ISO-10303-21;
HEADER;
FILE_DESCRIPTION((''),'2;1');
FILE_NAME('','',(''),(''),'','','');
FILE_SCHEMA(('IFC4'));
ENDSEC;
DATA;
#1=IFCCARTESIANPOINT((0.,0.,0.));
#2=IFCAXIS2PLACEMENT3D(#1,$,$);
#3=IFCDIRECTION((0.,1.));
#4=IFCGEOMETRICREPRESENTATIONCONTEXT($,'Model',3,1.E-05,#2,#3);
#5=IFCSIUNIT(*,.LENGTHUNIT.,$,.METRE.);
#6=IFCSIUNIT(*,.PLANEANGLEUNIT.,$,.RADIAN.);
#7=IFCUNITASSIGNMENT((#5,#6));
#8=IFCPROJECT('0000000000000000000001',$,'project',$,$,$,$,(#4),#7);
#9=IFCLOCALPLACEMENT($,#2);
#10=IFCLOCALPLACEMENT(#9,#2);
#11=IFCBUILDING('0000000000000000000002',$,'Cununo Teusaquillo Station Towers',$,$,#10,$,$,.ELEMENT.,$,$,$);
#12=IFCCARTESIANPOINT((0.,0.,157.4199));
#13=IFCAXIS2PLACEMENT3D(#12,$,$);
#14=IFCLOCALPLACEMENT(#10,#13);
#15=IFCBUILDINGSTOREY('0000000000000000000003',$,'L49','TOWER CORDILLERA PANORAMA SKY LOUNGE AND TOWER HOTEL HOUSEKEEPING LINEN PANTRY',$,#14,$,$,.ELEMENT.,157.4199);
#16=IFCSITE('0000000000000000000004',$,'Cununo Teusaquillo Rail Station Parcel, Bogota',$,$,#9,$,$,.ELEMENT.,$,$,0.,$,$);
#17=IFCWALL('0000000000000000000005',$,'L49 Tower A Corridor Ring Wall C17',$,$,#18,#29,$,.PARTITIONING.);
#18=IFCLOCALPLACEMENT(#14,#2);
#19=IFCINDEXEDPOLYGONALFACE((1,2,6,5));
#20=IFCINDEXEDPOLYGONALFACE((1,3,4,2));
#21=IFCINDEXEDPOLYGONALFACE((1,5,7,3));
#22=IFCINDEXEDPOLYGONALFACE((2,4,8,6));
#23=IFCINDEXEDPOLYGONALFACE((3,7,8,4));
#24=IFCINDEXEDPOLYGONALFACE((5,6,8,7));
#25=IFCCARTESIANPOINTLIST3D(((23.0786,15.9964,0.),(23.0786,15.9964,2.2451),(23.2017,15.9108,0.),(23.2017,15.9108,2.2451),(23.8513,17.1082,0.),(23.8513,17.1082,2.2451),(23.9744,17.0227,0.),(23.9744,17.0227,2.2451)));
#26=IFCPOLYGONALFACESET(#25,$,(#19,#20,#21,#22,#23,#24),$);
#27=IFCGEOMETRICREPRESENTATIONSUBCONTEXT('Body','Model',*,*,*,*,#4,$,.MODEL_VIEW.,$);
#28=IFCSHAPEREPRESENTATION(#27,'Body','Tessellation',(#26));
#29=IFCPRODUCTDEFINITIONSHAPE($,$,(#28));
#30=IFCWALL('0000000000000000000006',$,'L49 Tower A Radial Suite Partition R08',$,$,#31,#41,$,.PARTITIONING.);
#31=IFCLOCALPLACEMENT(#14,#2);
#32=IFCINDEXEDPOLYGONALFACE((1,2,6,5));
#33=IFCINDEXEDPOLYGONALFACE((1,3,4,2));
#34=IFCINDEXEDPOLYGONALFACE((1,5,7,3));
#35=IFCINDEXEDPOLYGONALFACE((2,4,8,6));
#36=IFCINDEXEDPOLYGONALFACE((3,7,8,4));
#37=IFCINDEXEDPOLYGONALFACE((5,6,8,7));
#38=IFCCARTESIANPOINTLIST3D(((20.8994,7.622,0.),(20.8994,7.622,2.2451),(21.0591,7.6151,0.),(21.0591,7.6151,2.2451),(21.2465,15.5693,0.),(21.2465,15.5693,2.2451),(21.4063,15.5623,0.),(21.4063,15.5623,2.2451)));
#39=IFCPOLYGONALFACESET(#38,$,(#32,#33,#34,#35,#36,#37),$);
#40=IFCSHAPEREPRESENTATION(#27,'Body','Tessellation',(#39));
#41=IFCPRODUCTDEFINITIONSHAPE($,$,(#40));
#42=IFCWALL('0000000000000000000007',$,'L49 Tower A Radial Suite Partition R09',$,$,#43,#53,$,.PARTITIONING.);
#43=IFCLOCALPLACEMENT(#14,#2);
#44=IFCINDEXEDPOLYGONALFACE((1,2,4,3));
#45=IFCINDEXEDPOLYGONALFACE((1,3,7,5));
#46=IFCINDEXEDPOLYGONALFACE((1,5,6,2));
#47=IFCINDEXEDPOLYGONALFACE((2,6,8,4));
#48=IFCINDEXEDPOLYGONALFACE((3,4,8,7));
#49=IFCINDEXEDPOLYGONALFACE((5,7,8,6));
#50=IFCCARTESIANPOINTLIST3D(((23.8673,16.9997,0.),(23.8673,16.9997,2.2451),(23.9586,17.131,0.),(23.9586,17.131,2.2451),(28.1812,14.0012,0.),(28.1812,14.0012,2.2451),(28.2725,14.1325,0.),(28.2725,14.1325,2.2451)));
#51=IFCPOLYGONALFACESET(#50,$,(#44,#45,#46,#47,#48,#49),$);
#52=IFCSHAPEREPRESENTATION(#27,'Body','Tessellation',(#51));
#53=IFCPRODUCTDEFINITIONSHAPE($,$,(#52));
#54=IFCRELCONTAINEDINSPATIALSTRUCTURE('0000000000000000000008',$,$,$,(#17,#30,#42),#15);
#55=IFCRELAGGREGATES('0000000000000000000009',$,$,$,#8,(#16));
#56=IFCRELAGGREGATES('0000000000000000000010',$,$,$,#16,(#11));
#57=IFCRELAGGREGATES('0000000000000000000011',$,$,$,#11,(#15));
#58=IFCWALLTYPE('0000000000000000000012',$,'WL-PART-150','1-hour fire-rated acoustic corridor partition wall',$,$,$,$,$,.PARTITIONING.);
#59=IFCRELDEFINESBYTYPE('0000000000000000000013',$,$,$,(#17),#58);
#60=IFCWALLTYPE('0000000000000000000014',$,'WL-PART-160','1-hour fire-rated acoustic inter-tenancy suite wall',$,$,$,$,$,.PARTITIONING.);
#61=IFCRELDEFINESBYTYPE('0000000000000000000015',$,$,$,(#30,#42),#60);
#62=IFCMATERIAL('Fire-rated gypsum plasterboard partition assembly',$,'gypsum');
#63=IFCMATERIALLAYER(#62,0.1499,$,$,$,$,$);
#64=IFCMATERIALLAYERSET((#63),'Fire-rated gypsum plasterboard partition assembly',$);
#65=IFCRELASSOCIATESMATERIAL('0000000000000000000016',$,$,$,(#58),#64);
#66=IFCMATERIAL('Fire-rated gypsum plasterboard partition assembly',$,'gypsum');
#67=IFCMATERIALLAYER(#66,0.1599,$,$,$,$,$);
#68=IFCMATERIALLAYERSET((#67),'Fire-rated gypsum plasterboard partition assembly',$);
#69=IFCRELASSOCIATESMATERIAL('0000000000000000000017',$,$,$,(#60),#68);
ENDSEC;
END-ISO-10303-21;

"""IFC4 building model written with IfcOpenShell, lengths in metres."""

from ifc_helpers import new_model, si_unit, direction, frame, frame_2d, origin, place, context, subcontext, project, spatial, rectangle, extrude, material, layer, layer_set, type_object, element, save


model = new_model("IFC4")

# Units and contexts
model_context = context("Model", 3, precision=1e-05, world=origin(), true_north=direction((0.0, 1.0)))
body_context = subcontext(model_context, "Body", "Model", "MODEL_VIEW")
ifc_project = project(units=[si_unit("LENGTHUNIT", "METRE"), si_unit("PLANEANGLEUNIT", "RADIAN")], contexts=[model_context])

# Site, building, storey
site_placement = place(None, origin())
site = spatial("IfcSite", under=ifc_project, at=site_placement, Name="Cununo Teusaquillo Rail Station Parcel, Bogota", CompositionType="ELEMENT", RefElevation=0.0)
building_placement = place(site_placement, origin())
building = spatial("IfcBuilding", under=site, at=building_placement, Name="Cununo Teusaquillo Station Towers", CompositionType="ELEMENT")
storey_placement = place(building_placement, frame((0.0, 0.0, 157.4199)))
storey = spatial("IfcBuildingStorey", under=building, at=storey_placement, Name="L49", Description="TOWER CORDILLERA PANORAMA SKY LOUNGE AND TOWER HOTEL HOUSEKEEPING LINEN PANTRY", CompositionType="ELEMENT", Elevation=157.4199)

# Shared definitions
ifc_material_1 = material(Name="Fire-rated gypsum plasterboard partition assembly", Category="gypsum")
ifc_layer_1 = layer(ifc_material_1, 0.1499)
ifc_layer_set_1 = layer_set([ifc_layer_1], Name="Fire-rated gypsum plasterboard partition assembly")
wall_type_1 = type_object("IfcWallType", Name="WL-PART-150", Description="1-hour fire-rated acoustic corridor partition wall", PredefinedType="PARTITIONING", material=ifc_layer_set_1)

# Walls
wall_1_placement = place(storey_placement, frame((23.1401, 15.9536, 0.0), z_axis=(0.0, 0.0, 1.0), x_axis=(0.5707, 0.821159, 0.0)))
element("IfcWall", 1, at=wall_1_placement, inside=storey, type_object=wall_type_1, Name="L49 Tower A Corridor Ring Wall C17", PredefinedType="PARTITIONING", context=body_context, shape_type="SweptSolid", body=[
    extrude(rectangle(XDim=1.354, YDim=0.1499, at=frame_2d((0.677, 0.0))), origin(), (0.0, 0.0, 1.0), 2.2451),
])
ifc_material_2 = material(Name="Fire-rated gypsum plasterboard partition assembly", Category="gypsum")
ifc_layer_2 = layer(ifc_material_2, 0.1599)
ifc_layer_set_2 = layer_set([ifc_layer_2], Name="Fire-rated gypsum plasterboard partition assembly")
wall_type_2 = type_object("IfcWallType", Name="WL-PART-160", Description="1-hour fire-rated acoustic inter-tenancy suite wall", PredefinedType="PARTITIONING", material=ifc_layer_set_2)
wall_2_placement = place(storey_placement, frame((21.3264, 15.5659, 0.0), z_axis=(0.0, 0.0, 1.0), x_axis=(-0.043642, -0.999047, 0.0)))
element("IfcWall", 2, at=wall_2_placement, inside=storey, type_object=wall_type_2, Name="L49 Tower A Radial Suite Partition R08", PredefinedType="PARTITIONING", context=body_context, shape_type="SweptSolid", body=[
    extrude(rectangle(XDim=7.9548, YDim=0.1599, at=frame_2d((3.9775, 0.0))), origin(), (0.0, 0.0, 1.0), 2.2451),
])
wall_3_placement = place(storey_placement, frame((23.9128, 17.0654, 0.0), z_axis=(0.0, 0.0, 1.0), x_axis=(0.821127, -0.570746, 0.0)))
element("IfcWall", 3, at=wall_3_placement, inside=storey, type_object=wall_type_2, Name="L49 Tower A Radial Suite Partition R09", PredefinedType="PARTITIONING", context=body_context, shape_type="SweptSolid", body=[
    extrude(rectangle(XDim=5.2537, YDim=0.1599, at=frame_2d((2.627, 0.0))), origin(), (0.0, 0.0, 1.0), 2.2451),
])

save(model, "model.ifc")
